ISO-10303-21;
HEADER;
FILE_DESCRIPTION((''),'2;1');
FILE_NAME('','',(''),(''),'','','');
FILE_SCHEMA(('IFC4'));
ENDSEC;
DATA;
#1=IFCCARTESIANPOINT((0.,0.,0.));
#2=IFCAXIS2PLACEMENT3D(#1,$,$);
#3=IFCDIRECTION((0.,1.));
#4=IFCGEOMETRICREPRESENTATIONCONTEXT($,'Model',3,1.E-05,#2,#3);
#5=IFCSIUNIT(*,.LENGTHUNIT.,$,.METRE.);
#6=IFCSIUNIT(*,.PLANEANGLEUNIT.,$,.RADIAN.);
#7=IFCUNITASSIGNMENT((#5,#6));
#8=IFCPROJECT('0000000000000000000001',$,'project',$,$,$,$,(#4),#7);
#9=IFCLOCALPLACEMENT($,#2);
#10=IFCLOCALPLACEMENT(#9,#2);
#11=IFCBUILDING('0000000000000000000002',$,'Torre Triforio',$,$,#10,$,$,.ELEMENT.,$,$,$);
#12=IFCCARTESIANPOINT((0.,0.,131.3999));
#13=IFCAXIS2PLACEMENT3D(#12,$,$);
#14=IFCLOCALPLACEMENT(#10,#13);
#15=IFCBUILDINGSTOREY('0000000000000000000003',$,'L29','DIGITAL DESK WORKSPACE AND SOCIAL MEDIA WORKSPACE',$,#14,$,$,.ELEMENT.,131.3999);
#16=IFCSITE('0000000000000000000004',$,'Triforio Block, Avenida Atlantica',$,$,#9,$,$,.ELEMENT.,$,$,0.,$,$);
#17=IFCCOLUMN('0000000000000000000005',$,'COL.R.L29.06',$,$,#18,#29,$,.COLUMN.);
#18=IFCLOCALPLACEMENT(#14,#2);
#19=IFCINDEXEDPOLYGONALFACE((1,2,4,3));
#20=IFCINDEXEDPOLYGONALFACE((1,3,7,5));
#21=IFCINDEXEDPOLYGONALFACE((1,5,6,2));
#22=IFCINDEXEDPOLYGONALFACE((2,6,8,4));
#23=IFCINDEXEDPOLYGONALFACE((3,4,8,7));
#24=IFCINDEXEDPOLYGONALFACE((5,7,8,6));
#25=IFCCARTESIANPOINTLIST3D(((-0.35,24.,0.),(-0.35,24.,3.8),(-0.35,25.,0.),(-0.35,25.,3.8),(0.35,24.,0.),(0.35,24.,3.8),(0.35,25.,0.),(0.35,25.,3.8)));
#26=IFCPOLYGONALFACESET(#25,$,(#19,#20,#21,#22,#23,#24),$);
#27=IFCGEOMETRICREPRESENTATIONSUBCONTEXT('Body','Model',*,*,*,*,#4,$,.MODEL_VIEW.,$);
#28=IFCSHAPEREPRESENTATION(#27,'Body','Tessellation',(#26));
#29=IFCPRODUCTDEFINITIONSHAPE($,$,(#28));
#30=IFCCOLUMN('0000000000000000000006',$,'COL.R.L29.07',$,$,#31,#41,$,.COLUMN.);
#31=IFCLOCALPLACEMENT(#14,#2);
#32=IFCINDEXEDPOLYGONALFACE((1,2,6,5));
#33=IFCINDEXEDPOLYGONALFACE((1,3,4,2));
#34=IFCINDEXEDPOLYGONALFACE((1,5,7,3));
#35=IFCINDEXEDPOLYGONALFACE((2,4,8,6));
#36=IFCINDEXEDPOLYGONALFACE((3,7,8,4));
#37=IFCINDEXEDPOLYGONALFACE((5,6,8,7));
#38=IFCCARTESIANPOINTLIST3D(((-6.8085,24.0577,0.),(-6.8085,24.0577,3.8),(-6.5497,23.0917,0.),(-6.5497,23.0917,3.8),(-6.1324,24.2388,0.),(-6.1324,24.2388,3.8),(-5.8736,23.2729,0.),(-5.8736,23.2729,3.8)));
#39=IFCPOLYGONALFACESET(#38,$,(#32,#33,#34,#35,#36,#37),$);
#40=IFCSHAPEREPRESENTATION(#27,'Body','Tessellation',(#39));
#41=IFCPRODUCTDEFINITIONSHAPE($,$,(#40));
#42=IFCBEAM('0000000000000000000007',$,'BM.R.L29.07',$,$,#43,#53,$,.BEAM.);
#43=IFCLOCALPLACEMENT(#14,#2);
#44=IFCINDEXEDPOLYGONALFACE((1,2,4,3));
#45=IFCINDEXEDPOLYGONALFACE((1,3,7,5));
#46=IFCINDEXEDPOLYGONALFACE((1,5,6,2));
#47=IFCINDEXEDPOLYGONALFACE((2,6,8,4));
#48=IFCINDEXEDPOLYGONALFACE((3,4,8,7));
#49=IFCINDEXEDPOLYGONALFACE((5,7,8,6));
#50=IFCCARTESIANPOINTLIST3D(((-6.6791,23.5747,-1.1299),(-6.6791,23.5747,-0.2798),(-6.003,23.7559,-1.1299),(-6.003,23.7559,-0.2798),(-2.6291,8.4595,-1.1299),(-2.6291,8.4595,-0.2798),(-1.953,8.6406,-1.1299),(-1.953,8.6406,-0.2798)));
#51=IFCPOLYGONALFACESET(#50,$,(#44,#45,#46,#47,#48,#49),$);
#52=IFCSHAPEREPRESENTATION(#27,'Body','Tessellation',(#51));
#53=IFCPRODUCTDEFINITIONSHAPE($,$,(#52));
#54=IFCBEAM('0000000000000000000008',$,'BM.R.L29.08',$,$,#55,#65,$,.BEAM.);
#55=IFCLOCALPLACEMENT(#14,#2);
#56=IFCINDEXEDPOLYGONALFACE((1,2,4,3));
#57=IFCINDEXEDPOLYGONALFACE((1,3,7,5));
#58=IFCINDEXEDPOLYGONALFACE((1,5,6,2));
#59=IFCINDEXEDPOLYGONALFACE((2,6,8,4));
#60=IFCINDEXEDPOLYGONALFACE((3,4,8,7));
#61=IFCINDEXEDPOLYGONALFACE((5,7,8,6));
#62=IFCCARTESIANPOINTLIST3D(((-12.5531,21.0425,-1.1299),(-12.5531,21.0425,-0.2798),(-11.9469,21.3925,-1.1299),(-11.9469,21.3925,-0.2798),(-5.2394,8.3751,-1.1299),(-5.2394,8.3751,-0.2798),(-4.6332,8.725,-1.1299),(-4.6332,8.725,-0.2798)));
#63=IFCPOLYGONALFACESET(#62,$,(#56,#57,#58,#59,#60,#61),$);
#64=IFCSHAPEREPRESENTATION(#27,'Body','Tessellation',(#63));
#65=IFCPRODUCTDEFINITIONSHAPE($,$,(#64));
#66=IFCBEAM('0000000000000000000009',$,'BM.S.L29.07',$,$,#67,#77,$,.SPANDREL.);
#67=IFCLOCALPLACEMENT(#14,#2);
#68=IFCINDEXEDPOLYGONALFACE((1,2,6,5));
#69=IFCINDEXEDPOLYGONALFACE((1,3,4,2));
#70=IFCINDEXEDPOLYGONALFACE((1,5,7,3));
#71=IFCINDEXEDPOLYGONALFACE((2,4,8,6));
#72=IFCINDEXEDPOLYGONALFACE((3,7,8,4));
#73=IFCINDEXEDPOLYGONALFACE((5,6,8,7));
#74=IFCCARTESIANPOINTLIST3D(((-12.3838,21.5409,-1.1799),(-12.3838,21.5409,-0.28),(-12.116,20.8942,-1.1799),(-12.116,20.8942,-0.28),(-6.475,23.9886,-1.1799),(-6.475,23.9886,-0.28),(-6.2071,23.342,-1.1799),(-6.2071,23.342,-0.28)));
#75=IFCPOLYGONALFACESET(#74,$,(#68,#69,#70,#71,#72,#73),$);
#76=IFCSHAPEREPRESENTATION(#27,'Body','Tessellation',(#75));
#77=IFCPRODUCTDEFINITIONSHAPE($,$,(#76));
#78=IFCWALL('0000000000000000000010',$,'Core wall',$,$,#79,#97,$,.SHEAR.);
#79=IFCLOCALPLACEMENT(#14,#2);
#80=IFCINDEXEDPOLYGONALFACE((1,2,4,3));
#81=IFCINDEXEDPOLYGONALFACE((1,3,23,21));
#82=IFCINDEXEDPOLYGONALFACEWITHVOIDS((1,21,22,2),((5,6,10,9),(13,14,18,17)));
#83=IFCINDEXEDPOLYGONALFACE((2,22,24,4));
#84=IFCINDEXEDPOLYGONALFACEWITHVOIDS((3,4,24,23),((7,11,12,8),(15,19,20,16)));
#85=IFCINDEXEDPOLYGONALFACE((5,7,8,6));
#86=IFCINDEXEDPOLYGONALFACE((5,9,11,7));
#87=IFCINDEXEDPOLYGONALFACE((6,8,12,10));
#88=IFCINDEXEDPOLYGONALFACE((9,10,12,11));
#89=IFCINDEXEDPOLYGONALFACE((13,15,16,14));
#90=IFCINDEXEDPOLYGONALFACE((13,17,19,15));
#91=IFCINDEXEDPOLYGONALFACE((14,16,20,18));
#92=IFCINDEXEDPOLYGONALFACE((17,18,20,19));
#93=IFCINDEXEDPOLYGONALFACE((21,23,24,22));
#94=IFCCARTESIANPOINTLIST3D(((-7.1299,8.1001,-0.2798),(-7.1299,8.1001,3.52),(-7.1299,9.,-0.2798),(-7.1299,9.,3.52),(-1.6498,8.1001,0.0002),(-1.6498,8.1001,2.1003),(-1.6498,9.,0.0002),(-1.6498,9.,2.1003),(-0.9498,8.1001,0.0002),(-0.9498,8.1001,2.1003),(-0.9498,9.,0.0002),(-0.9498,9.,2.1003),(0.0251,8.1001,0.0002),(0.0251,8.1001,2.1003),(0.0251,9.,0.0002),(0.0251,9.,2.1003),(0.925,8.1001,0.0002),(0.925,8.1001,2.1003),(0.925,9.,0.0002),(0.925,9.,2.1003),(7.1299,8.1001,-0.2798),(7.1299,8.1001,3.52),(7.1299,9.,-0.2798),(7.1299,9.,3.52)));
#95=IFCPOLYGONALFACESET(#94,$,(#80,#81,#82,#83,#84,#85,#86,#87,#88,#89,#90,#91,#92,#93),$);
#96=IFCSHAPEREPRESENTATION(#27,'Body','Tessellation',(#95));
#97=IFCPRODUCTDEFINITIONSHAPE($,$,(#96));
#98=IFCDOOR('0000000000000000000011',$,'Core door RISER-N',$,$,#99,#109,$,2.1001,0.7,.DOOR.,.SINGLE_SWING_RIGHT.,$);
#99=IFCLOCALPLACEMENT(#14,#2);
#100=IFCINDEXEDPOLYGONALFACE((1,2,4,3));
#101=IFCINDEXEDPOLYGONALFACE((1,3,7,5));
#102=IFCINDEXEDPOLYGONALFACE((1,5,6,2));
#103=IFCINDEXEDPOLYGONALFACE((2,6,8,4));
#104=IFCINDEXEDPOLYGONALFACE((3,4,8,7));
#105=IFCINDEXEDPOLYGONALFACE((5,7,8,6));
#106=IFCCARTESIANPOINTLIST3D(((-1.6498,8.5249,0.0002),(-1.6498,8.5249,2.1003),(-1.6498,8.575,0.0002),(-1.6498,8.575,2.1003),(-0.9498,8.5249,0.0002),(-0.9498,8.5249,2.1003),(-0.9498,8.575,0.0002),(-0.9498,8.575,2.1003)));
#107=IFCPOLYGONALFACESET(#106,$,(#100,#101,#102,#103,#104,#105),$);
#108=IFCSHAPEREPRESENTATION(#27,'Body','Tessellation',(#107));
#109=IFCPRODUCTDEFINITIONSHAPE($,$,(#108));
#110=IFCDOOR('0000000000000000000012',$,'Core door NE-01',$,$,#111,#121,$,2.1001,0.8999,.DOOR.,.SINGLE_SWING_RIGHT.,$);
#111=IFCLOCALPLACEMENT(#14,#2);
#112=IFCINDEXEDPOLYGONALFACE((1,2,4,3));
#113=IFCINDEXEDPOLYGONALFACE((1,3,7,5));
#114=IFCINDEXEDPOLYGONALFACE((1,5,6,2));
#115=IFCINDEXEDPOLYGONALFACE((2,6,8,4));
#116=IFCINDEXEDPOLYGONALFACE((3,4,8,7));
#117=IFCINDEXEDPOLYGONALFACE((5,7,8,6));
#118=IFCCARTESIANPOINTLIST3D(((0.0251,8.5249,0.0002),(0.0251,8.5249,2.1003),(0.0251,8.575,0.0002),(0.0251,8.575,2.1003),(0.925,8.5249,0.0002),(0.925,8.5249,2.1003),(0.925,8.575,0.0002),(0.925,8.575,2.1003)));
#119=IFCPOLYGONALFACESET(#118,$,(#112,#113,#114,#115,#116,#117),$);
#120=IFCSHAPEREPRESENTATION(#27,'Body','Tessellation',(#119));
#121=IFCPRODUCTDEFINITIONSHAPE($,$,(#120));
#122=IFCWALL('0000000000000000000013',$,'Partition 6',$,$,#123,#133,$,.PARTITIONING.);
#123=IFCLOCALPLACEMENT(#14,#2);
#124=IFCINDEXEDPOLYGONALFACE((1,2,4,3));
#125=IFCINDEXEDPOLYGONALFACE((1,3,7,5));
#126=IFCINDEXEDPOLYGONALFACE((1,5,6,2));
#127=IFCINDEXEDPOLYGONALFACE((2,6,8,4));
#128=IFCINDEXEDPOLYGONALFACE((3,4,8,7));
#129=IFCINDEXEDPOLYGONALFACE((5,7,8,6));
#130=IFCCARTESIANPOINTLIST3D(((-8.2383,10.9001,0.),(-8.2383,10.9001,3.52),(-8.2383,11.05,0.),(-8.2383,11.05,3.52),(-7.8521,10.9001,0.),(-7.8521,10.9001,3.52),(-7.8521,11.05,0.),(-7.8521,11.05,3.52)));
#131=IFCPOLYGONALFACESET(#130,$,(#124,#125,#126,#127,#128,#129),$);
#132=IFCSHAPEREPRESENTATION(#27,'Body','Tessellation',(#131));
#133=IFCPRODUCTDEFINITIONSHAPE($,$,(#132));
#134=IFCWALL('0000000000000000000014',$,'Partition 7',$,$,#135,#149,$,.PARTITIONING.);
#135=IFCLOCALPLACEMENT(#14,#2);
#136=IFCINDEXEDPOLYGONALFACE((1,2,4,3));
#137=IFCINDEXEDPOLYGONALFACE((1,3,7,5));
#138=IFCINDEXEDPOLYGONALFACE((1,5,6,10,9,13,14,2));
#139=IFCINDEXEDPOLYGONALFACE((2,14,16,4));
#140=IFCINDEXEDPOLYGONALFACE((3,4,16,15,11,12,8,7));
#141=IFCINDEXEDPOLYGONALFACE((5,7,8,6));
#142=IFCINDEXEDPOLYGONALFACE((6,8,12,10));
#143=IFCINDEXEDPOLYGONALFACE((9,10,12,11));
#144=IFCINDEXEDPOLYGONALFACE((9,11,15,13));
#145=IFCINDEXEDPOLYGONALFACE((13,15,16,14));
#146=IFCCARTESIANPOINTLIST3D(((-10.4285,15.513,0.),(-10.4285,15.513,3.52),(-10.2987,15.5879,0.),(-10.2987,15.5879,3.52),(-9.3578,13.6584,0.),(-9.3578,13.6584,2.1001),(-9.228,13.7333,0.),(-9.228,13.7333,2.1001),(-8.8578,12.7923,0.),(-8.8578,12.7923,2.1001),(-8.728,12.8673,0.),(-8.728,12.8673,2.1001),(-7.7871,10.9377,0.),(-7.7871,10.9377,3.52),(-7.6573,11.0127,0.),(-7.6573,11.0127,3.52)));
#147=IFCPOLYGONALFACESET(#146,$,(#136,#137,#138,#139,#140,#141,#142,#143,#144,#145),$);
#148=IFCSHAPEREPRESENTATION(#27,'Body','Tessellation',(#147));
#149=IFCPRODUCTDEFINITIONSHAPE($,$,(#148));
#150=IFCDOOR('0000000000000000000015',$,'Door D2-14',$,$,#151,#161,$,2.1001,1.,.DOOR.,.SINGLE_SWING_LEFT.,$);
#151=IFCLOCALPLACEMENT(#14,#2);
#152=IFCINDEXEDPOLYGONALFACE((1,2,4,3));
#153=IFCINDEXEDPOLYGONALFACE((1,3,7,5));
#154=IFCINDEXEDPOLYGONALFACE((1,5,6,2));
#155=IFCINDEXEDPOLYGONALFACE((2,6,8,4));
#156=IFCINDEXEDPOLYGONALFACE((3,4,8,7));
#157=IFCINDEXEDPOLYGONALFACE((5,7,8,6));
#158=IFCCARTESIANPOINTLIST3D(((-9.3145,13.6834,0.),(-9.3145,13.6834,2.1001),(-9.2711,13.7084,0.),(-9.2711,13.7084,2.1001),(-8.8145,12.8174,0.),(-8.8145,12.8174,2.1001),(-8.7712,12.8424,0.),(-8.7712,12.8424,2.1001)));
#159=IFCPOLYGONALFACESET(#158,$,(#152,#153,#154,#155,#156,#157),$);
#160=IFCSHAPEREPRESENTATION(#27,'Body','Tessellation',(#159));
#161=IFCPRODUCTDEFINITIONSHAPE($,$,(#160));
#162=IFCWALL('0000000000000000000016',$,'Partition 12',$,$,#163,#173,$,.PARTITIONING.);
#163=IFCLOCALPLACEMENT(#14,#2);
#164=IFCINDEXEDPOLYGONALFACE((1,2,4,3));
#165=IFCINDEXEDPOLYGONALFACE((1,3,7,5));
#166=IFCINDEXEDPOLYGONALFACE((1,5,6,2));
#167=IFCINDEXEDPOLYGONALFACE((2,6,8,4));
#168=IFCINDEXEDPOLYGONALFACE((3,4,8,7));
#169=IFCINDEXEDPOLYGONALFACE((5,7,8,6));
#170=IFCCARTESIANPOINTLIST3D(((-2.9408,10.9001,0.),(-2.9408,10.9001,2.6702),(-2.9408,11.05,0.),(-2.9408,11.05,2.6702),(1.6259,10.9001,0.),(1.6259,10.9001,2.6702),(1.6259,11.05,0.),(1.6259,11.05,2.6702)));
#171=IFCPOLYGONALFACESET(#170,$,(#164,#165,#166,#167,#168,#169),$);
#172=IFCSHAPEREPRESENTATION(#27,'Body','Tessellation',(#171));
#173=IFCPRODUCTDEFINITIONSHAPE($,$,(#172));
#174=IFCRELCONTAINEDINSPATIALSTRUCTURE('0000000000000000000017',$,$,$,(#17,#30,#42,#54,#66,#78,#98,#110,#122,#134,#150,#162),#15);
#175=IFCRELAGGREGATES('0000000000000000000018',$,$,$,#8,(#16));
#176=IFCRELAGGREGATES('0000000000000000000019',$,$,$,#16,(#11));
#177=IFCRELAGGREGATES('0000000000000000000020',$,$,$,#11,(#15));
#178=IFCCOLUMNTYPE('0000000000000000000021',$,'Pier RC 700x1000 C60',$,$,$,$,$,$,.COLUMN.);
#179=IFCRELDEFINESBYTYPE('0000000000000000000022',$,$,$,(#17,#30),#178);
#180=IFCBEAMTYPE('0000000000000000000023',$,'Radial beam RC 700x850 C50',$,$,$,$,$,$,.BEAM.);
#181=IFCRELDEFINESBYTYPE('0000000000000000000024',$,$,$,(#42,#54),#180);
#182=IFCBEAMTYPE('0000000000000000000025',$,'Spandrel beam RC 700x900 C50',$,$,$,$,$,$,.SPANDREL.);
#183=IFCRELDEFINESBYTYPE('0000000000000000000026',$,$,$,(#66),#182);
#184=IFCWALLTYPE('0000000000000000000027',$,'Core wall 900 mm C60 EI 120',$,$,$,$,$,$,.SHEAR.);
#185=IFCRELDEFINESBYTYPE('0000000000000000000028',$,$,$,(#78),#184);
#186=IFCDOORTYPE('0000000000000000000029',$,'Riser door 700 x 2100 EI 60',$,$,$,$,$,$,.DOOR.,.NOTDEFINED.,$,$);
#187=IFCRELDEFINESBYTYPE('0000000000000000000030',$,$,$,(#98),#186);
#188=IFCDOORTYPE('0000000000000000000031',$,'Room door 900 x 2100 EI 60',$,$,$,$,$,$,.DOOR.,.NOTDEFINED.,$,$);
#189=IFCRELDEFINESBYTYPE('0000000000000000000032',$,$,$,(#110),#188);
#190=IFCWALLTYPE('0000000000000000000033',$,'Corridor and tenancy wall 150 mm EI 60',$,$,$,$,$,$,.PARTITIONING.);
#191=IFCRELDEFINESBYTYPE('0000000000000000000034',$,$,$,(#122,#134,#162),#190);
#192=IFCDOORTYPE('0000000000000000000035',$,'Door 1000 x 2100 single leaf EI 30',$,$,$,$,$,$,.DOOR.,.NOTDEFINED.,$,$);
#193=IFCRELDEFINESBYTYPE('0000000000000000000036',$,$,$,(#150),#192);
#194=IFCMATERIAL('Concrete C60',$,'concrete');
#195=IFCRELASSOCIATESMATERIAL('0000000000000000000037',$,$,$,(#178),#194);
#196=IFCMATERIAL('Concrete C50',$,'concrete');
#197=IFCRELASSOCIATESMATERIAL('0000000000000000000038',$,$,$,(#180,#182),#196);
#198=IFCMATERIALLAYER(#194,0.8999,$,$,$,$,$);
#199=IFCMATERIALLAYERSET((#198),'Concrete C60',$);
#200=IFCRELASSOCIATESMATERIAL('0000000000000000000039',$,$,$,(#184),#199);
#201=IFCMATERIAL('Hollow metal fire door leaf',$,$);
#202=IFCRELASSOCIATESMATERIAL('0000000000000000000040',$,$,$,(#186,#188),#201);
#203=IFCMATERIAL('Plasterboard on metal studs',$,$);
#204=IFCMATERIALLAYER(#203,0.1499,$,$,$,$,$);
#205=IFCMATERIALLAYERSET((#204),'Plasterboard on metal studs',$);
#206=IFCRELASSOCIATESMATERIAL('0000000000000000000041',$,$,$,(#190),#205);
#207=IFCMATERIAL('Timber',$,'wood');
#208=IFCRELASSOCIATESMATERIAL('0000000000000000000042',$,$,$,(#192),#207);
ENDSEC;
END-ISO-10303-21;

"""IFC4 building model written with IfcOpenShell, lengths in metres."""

from ifc_helpers import new_model, si_unit, direction, frame, frame_2d, origin, origin_2d, place, context, subcontext, project, spatial, rectangle, extrude, material, layer, layer_set, material_profile, profile_set, type_object, element, fill, save


model = new_model("IFC4")

# Units and contexts
model_context = context("Model", 3, precision=1e-05, world=origin(), true_north=direction((0.0, 1.0)))
body_context = subcontext(model_context, "Body", "Model", "MODEL_VIEW")
ifc_project = project(units=[si_unit("LENGTHUNIT", "METRE"), si_unit("PLANEANGLEUNIT", "RADIAN")], contexts=[model_context])

# Site, building, storey
site_placement = place(None, origin())
site = spatial("IfcSite", under=ifc_project, at=site_placement, Name="Triforio Block, Avenida Atlantica", CompositionType="ELEMENT", RefElevation=0.0)
building_placement = place(site_placement, origin())
building = spatial("IfcBuilding", under=site, at=building_placement, Name="Torre Triforio", CompositionType="ELEMENT")
storey_placement = place(building_placement, frame((0.0, 0.0, 131.3999)))
storey = spatial("IfcBuildingStorey", under=building, at=storey_placement, Name="L29", Description="DIGITAL DESK WORKSPACE AND SOCIAL MEDIA WORKSPACE", CompositionType="ELEMENT", Elevation=131.3999)

# Columns
ifc_material_1 = material(Name="Concrete C60", Category="concrete")
ifc_material_profile_1 = material_profile(ifc_material_1, rectangle(XDim=0.7, YDim=1.0, at=origin_2d()), Name="RC 700x1000")
ifc_profile_set_1 = profile_set([ifc_material_profile_1], Name="Concrete C60")
column_type = type_object("IfcColumnType", Name="Pier RC 700x1000 C60", PredefinedType="COLUMN", material=ifc_profile_set_1)
for number, where, z_axis, x_axis, name in (
    (1, (0.0, 24.5, 0.0), (0.0, 0.0, 1.0), (-1.0, 0.0, 0.0), "COL.R.L29.06"),
    (2, (-6.3411, 23.6653, 0.0), (0.0, 0.0, 1.0), (-0.965926, -0.258819, 0.0), "COL.R.L29.07"),
):
    element("IfcColumn", number, at=place(storey_placement, frame(where, z_axis=z_axis, x_axis=x_axis)), inside=storey, type_object=column_type, Name=name, PredefinedType="COLUMN", context=body_context, shape_type="SweptSolid", body=[
        extrude(rectangle(XDim=0.7, YDim=1.0, at=origin_2d()), origin(), (0.0, 0.0, 1.0), 3.8),
    ])

# Beams
ifc_material_2 = material(Name="Concrete C50", Category="concrete")
ifc_material_profile_2 = material_profile(ifc_material_2, rectangle(XDim=0.7, YDim=0.8501, at=origin_2d()), Name="RC 700x850")
ifc_profile_set_2 = profile_set([ifc_material_profile_2], Name="Concrete C50")
beam_type_1 = type_object("IfcBeamType", Name="Radial beam RC 700x850 C50", PredefinedType="BEAM", material=ifc_profile_set_2)
beam_1_placement = place(storey_placement, frame((-2.291, 8.55, -0.7048), z_axis=(-0.258815, 0.965927, 0.0), x_axis=(-0.965927, -0.258815, 0.0)))
element("IfcBeam", 3, at=beam_1_placement, inside=storey, type_object=beam_type_1, Name="BM.R.L29.07", PredefinedType="BEAM", context=body_context, shape_type="SweptSolid", body=[
    extrude(rectangle(XDim=0.7, YDim=0.8501, at=origin_2d()), origin(), (0.0, 0.0, 1.0), 15.6484),
])
beam_2_placement = place(storey_placement, frame((-4.9363, 8.55, -0.7048), z_axis=(-0.500008, 0.866021, 0.0), x_axis=(-0.866021, -0.500008, 0.0)))
element("IfcBeam", 4, at=beam_2_placement, inside=storey, type_object=beam_type_1, Name="BM.R.L29.08", PredefinedType="BEAM", context=body_context, shape_type="SweptSolid", body=[
    extrude(rectangle(XDim=0.7, YDim=0.8501, at=origin_2d()), origin(), (0.0, 0.0, 1.0), 14.6272),
])
ifc_material_profile_3 = material_profile(ifc_material_2, rectangle(XDim=0.7, YDim=0.8999, at=origin_2d()), Name="RC 700x900")
ifc_profile_set_3 = profile_set([ifc_material_profile_3], Name="Concrete C50")
beam_type_2 = type_object("IfcBeamType", Name="Spandrel beam RC 700x900 C50", PredefinedType="SPANDREL", material=ifc_profile_set_3)
beam_3_placement = place(storey_placement, frame((-6.3411, 23.6653, -0.73), z_axis=(-0.923869, -0.382709, 0.0), x_axis=(0.382709, -0.923869, 0.0)))
element("IfcBeam", 5, at=beam_3_placement, inside=storey, type_object=beam_type_2, Name="BM.S.L29.07", PredefinedType="SPANDREL", context=body_context, shape_type="SweptSolid", body=[
    extrude(rectangle(XDim=0.7, YDim=0.8999, at=origin_2d()), origin(), (0.0, 0.0, 1.0), 6.3958),
])

# Wall, openings, doors
ifc_layer_1 = layer(ifc_material_1, 0.8999)
ifc_layer_set_1 = layer_set([ifc_layer_1], Name="Concrete C60")
wall_type_1 = type_object("IfcWallType", Name="Core wall 900 mm C60 EI 120", PredefinedType="SHEAR", material=ifc_layer_set_1)
wall_1_placement = place(storey_placement, frame((-7.1299, 8.55, -0.2798), z_axis=(0.0, 0.0, 1.0), x_axis=(1.0, 0.0, 0.0)))
wall_1 = element("IfcWall", 6, at=wall_1_placement, inside=storey, type_object=wall_type_1, Name="Core wall", PredefinedType="SHEAR", context=body_context, shape_type="SweptSolid", body=[
    extrude(rectangle(XDim=14.2598, YDim=0.8999, at=frame_2d((7.1299, 0.0))), origin(), (0.0, 0.0, 1.0), 3.7998),
])
opening_1_placement = place(wall_1_placement, frame((5.48, 0.0, 0.28)))
opening_1 = element("IfcOpeningElement", 7, at=opening_1_placement, cuts=wall_1, PredefinedType="OPENING", context=body_context, shape_type="SweptSolid", body=[
    extrude(rectangle(XDim=0.7, YDim=2.1001, at=frame_2d((0.3501, 1.05))), frame((0.0, 0.46, 0.0), z_axis=(0.0, -1.0, 0.0), x_axis=(1.0, 0.0, 0.0)), (0.0, 0.0, 1.0), 0.9199),
])
opening_2_placement = place(wall_1_placement, frame((7.155, 0.0, 0.28)))
opening_2 = element("IfcOpeningElement", 8, at=opening_2_placement, cuts=wall_1, PredefinedType="OPENING", context=body_context, shape_type="SweptSolid", body=[
    extrude(rectangle(XDim=0.8999, YDim=2.1001, at=frame_2d((0.45, 1.05))), frame((0.0, 0.46, 0.0), z_axis=(0.0, -1.0, 0.0), x_axis=(1.0, 0.0, 0.0)), (0.0, 0.0, 1.0), 0.9199),
])
ifc_material_3 = material(Name="Hollow metal fire door leaf")
door_type_1 = type_object("IfcDoorType", Name="Riser door 700 x 2100 EI 60", OperationType="NOTDEFINED", PredefinedType="DOOR", material=ifc_material_3)
door_1_placement = place(opening_1_placement, origin())
door_1 = element("IfcDoor", 9, at=door_1_placement, inside=storey, type_object=door_type_1, Name="Core door RISER-N", OperationType="SINGLE_SWING_RIGHT", OverallHeight=2.1001, OverallWidth=0.7, PredefinedType="DOOR", context=body_context, shape_type="SweptSolid", body=[
    extrude(rectangle(XDim=0.7, YDim=2.1001, at=frame_2d((0.3501, 1.05))), frame((0.0, 0.0249, 0.0), z_axis=(0.0, -1.0, 0.0), x_axis=(1.0, 0.0, 0.0)), (0.0, 0.0, 1.0), 0.05),
])
fill(opening_1, door_1)
door_type_2 = type_object("IfcDoorType", Name="Room door 900 x 2100 EI 60", OperationType="NOTDEFINED", PredefinedType="DOOR", material=ifc_material_3)
door_2_placement = place(opening_2_placement, origin())
door_2 = element("IfcDoor", 10, at=door_2_placement, inside=storey, type_object=door_type_2, Name="Core door NE-01", OperationType="SINGLE_SWING_RIGHT", OverallHeight=2.1001, OverallWidth=0.8999, PredefinedType="DOOR", context=body_context, shape_type="SweptSolid", body=[
    extrude(rectangle(XDim=0.8999, YDim=2.1001, at=frame_2d((0.45, 1.05))), frame((0.0, 0.0249, 0.0), z_axis=(0.0, -1.0, 0.0), x_axis=(1.0, 0.0, 0.0)), (0.0, 0.0, 1.0), 0.05),
])
fill(opening_2, door_2)

# Wall
ifc_material_4 = material(Name="Plasterboard on metal studs")
ifc_layer_2 = layer(ifc_material_4, 0.1499)
ifc_layer_set_2 = layer_set([ifc_layer_2], Name="Plasterboard on metal studs")
wall_type_2 = type_object("IfcWallType", Name="Corridor and tenancy wall 150 mm EI 60", PredefinedType="PARTITIONING", material=ifc_layer_set_2)
wall_2_placement = place(storey_placement, frame((-8.2383, 10.9751, 0.0), z_axis=(0.0, 0.0, 1.0), x_axis=(1.0, 0.0, 0.0)))
element("IfcWall", 11, at=wall_2_placement, inside=storey, type_object=wall_type_2, Name="Partition 6", PredefinedType="PARTITIONING", context=body_context, shape_type="SweptSolid", body=[
    extrude(rectangle(XDim=0.3862, YDim=0.1499, at=frame_2d((0.1931, 0.0))), origin(), (0.0, 0.0, 1.0), 3.52),
])

# Wall, opening, door
wall_3_placement = place(storey_placement, frame((-7.7222, 10.9751, 0.0), z_axis=(0.0, 0.0, 1.0), x_axis=(-0.499981, 0.866036, 0.0)))
wall_3 = element("IfcWall", 12, at=wall_3_placement, inside=storey, type_object=wall_type_2, Name="Partition 7", PredefinedType="PARTITIONING", context=body_context, shape_type="SweptSolid", body=[
    extrude(rectangle(XDim=5.283, YDim=0.1499, at=frame_2d((2.6416, 0.0))), origin(), (0.0, 0.0, 1.0), 3.52),
])
opening_3_placement = place(wall_3_placement, frame((2.1416, 0.0, 0.0)))
opening_3 = element("IfcOpeningElement", 13, at=opening_3_placement, cuts=wall_3, PredefinedType="OPENING", context=body_context, shape_type="SweptSolid", body=[
    extrude(rectangle(XDim=1.0, YDim=2.1001, at=frame_2d((0.5, 1.05))), frame((0.0, 0.085, 0.0), z_axis=(0.0, -1.0, 0.0), x_axis=(1.0, 0.0, 0.0)), (0.0, 0.0, 1.0), 0.1699),
])
ifc_material_5 = material(Name="Timber", Category="wood")
door_type_3 = type_object("IfcDoorType", Name="Door 1000 x 2100 single leaf EI 30", OperationType="NOTDEFINED", PredefinedType="DOOR", material=ifc_material_5)
door_3_placement = place(opening_3_placement, origin())
door_3 = element("IfcDoor", 14, at=door_3_placement, inside=storey, type_object=door_type_3, Name="Door D2-14", OperationType="SINGLE_SWING_LEFT", OverallHeight=2.1001, OverallWidth=1.0, PredefinedType="DOOR", context=body_context, shape_type="SweptSolid", body=[
    extrude(rectangle(XDim=1.0, YDim=2.1001, at=frame_2d((0.5, 1.05))), frame((0.0, 0.0249, 0.0), z_axis=(0.0, -1.0, 0.0), x_axis=(1.0, 0.0, 0.0)), (0.0, 0.0, 1.0), 0.05),
])
fill(opening_3, door_3)

# Wall
wall_4_placement = place(storey_placement, frame((-2.9407, 10.9751, 0.0), z_axis=(0.0, 0.0, 1.0), x_axis=(1.0, 0.0, 0.0)))
element("IfcWall", 15, at=wall_4_placement, inside=storey, type_object=wall_type_2, Name="Partition 12", PredefinedType="PARTITIONING", context=body_context, shape_type="SweptSolid", body=[
    extrude(rectangle(XDim=4.5667, YDim=0.1499, at=frame_2d((2.2832, 0.0))), origin(), (0.0, 0.0, 1.0), 2.6702),
])

save(model, "model.ifc")
